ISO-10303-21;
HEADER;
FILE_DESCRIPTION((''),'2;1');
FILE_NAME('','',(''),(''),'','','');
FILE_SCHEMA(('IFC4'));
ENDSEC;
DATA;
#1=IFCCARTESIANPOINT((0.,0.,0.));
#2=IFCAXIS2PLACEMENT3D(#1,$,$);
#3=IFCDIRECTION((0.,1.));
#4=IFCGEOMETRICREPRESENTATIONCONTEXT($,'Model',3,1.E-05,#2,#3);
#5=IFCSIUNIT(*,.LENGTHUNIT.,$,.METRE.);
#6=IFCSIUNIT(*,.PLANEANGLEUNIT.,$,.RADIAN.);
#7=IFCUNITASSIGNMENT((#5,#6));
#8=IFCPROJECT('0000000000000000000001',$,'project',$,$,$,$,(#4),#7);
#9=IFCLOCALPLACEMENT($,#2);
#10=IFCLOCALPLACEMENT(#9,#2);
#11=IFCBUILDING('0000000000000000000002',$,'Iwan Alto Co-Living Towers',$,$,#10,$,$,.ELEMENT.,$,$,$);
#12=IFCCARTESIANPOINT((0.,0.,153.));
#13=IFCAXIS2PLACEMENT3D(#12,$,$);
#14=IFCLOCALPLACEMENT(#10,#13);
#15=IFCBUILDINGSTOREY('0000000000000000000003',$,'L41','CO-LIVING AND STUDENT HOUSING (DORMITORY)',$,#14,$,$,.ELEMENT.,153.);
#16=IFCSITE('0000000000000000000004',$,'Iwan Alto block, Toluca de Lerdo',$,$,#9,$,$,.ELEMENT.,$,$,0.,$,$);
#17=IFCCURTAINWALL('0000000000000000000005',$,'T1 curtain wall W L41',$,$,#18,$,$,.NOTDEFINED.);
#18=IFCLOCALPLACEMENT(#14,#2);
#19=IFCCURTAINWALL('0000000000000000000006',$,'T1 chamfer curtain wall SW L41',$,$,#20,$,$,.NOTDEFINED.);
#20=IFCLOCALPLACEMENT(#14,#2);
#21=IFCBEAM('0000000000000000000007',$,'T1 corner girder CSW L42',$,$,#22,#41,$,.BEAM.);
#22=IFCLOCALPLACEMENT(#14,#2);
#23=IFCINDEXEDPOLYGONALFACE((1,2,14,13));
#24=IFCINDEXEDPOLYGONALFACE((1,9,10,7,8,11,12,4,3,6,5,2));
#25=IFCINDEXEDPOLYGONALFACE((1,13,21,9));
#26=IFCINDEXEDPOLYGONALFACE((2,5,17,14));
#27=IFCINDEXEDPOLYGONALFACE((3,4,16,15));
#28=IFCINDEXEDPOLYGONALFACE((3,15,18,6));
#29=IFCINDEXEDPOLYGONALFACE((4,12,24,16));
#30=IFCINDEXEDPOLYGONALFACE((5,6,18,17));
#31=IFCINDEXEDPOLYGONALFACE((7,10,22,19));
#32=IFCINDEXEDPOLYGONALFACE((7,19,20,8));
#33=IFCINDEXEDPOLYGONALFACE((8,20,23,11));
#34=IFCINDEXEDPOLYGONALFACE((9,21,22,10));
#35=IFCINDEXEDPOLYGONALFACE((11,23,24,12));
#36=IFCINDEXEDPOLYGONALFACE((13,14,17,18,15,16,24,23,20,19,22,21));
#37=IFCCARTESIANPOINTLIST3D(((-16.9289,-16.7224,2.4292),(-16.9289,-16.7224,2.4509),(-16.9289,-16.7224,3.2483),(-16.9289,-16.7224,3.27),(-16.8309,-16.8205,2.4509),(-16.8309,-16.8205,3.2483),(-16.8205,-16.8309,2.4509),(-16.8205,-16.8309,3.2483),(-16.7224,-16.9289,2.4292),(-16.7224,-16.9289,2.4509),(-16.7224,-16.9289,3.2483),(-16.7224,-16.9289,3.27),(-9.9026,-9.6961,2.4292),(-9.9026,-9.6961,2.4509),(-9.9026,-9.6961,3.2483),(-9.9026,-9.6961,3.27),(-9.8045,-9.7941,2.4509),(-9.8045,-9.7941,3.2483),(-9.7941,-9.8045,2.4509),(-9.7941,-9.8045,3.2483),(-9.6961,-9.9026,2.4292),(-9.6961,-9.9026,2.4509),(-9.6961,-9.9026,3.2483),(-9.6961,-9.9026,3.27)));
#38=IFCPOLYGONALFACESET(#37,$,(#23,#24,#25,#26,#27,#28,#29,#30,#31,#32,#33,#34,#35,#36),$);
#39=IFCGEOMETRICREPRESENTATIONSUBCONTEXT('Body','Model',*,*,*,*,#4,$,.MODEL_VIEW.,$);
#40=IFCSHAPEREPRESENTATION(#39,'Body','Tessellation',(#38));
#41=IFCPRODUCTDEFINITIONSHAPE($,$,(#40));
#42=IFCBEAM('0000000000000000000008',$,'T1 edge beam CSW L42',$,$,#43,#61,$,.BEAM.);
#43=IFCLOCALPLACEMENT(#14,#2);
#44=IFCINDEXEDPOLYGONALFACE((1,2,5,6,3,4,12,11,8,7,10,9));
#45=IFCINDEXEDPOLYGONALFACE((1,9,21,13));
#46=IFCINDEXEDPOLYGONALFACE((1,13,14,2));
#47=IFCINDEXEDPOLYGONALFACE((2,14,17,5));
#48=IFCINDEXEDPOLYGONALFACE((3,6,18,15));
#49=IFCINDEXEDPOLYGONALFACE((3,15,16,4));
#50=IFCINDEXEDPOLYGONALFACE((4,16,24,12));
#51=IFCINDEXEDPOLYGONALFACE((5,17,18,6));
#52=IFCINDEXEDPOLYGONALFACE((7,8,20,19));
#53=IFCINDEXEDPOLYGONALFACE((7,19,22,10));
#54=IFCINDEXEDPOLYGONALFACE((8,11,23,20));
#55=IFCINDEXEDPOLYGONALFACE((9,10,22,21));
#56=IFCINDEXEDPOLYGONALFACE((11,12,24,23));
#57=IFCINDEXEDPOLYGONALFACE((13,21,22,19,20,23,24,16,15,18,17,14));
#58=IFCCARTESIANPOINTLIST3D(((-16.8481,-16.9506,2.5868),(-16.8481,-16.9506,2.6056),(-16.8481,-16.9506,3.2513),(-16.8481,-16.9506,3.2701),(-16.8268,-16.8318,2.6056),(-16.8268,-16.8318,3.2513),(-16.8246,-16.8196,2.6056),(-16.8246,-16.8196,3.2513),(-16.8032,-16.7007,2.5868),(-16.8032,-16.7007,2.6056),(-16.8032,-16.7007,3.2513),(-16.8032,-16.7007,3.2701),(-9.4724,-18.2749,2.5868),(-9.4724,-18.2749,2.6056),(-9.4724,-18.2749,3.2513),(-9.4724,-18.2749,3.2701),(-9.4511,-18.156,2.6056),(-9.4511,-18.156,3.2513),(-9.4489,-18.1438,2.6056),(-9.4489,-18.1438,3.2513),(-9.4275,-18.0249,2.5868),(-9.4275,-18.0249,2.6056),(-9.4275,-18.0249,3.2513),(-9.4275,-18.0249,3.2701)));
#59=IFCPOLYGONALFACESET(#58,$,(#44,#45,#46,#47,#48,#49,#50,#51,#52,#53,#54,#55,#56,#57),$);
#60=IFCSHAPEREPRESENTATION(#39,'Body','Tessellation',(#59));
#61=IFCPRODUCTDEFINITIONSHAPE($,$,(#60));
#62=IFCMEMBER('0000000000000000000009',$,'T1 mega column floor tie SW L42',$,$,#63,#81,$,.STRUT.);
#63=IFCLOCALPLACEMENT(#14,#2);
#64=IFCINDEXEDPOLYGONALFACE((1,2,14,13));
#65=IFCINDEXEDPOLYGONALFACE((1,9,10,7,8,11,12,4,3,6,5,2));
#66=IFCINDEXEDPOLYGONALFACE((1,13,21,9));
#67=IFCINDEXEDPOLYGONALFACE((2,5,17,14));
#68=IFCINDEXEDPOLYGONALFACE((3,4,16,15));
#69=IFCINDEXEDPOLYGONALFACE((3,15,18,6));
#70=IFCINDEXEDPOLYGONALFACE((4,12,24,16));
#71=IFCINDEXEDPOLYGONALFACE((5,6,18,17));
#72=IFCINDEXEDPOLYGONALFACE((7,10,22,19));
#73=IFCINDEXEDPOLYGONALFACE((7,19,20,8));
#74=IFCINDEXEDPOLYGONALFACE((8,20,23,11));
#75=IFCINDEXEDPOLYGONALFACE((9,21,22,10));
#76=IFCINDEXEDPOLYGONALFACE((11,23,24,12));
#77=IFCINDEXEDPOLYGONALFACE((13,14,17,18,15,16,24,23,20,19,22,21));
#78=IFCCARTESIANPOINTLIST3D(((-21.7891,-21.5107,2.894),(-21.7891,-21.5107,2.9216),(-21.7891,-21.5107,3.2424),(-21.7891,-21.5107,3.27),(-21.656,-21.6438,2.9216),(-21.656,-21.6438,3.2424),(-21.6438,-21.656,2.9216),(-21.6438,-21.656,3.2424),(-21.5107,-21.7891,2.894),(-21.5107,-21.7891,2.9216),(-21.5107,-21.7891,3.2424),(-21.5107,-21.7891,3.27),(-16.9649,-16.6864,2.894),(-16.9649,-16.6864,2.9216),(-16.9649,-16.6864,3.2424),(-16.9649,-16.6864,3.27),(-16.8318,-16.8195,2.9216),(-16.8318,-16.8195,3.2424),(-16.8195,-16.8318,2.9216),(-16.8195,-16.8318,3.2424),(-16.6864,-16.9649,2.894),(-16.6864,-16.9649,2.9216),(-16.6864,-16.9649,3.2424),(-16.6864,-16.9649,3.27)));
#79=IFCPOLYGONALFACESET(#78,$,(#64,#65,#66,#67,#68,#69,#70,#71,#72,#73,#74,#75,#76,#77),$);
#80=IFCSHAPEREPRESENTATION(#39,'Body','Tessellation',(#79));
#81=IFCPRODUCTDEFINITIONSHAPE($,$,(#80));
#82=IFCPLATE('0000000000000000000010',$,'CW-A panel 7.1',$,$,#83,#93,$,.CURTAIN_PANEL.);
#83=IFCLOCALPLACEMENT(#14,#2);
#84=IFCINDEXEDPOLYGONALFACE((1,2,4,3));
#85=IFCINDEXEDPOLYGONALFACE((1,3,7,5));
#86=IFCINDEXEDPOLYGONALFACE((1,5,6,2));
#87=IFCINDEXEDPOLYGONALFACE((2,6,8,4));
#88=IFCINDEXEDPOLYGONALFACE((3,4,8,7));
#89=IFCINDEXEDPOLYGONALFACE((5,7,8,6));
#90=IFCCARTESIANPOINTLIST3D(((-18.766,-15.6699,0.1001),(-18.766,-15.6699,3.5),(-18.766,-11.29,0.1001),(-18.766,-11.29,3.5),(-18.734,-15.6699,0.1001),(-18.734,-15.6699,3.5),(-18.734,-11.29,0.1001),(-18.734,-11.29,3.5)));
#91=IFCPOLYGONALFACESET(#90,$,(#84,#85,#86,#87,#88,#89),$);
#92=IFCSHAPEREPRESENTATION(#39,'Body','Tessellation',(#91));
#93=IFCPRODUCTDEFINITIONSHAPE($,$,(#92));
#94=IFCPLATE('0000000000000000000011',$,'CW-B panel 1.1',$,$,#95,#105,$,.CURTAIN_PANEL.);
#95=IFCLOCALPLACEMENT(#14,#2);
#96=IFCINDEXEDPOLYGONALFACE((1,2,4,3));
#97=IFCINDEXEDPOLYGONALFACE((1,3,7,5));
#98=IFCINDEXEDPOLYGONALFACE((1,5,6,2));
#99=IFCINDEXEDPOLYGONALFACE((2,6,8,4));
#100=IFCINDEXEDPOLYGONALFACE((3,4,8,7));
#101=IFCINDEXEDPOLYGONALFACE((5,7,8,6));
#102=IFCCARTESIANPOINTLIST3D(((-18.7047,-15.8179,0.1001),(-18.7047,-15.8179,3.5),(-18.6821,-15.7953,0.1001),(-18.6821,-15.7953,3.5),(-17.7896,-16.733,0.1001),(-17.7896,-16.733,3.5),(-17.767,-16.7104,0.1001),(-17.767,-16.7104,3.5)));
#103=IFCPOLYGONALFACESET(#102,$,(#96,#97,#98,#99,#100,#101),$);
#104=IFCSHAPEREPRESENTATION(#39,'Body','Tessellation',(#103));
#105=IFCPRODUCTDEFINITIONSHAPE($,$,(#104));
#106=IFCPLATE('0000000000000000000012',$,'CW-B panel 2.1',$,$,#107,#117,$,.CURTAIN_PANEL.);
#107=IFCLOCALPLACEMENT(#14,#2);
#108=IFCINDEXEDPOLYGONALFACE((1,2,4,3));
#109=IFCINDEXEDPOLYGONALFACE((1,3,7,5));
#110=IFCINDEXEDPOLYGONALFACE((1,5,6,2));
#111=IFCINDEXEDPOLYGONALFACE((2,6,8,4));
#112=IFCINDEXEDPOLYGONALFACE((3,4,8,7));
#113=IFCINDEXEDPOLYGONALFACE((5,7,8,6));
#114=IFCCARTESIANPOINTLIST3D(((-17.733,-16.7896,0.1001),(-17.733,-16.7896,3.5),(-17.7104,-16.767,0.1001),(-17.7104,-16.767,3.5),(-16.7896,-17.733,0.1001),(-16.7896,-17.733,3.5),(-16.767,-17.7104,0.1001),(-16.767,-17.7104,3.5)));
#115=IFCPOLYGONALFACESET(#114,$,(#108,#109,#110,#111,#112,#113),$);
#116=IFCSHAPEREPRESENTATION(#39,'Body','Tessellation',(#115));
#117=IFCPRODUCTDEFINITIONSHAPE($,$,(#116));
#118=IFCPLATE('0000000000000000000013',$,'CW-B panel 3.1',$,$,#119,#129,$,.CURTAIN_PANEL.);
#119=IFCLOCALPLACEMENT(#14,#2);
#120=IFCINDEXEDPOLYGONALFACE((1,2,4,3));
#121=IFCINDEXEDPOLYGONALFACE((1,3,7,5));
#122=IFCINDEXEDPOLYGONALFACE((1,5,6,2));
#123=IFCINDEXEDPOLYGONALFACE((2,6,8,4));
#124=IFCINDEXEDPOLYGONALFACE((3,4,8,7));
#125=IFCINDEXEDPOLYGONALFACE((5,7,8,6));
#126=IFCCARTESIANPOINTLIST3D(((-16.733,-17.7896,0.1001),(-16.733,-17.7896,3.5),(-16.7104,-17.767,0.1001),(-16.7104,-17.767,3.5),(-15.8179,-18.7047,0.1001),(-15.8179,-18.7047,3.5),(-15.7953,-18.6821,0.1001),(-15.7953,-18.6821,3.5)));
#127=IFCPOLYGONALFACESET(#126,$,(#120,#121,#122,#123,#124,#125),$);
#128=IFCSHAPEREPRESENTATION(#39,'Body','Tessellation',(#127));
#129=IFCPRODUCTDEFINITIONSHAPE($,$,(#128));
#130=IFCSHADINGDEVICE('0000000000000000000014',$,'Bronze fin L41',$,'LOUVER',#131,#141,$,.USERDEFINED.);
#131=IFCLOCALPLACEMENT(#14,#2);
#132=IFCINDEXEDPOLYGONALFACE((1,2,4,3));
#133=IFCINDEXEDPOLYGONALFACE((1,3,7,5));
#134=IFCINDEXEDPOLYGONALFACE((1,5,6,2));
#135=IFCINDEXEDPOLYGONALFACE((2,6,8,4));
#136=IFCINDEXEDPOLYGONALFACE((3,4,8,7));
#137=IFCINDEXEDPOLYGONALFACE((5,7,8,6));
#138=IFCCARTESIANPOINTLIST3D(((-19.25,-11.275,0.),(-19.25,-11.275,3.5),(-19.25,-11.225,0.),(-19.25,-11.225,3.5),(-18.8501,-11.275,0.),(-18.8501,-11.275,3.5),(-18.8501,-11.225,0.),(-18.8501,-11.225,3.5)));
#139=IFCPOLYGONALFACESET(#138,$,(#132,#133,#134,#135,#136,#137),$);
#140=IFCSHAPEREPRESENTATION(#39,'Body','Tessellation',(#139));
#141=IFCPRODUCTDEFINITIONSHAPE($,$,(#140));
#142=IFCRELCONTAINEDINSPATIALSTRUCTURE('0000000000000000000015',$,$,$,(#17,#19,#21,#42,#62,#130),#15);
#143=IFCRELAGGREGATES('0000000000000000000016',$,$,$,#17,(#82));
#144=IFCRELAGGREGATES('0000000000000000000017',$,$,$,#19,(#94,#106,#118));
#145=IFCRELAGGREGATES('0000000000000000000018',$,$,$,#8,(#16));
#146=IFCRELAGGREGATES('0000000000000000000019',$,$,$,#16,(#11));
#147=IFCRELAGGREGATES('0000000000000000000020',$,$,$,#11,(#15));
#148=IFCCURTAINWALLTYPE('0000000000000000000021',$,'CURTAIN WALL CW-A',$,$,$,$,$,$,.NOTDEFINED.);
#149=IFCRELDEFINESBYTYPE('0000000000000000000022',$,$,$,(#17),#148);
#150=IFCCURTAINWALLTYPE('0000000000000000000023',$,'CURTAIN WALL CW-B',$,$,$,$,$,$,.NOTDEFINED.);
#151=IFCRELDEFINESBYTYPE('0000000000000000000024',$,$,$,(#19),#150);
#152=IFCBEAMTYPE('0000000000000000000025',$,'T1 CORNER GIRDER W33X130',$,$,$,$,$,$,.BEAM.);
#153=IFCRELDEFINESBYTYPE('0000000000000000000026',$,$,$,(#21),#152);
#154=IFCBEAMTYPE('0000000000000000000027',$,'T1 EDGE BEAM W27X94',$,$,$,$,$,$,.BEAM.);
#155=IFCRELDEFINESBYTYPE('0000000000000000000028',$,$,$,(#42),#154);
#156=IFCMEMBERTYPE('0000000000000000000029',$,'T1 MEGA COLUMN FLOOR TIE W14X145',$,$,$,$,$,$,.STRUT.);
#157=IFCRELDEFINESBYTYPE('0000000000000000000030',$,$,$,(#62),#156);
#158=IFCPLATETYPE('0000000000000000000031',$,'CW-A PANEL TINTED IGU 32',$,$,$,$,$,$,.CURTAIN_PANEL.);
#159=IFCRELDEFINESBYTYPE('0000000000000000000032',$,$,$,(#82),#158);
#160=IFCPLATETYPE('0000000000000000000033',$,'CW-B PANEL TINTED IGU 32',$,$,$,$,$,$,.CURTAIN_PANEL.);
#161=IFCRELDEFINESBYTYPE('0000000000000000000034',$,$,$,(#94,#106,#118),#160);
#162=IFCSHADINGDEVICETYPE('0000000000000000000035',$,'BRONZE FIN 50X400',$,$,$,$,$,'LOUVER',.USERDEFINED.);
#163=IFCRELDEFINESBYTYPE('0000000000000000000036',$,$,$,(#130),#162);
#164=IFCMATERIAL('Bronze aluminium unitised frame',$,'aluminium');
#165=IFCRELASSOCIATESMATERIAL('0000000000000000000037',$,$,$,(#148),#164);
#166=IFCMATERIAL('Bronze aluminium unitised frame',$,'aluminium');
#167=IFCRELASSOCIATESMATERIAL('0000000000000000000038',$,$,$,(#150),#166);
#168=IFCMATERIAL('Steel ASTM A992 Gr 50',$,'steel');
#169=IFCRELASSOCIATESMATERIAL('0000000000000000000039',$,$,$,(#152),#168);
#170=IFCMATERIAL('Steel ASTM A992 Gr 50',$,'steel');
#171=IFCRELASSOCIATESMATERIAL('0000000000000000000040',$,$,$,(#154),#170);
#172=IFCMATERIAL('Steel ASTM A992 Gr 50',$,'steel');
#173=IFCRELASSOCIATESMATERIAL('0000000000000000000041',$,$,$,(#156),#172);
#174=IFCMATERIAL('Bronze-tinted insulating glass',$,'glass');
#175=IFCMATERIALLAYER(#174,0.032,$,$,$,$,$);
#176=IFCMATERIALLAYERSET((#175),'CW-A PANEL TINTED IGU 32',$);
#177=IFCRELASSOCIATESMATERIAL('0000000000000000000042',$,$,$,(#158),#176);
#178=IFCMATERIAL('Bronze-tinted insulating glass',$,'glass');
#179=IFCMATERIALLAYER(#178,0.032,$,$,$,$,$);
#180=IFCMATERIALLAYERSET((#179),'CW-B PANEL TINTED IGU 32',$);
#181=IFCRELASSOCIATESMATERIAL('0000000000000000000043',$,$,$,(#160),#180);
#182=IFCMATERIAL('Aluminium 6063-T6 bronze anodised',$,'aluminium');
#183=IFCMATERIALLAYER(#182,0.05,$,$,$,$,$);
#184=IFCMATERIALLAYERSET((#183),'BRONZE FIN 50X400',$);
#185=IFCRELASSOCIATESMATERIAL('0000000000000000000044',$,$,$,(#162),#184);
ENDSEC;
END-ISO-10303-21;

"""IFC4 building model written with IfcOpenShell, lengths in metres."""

from ifc_helpers import new_model, si_unit, direction, frame, origin, origin_2d, place, context, subcontext, project, spatial, rectangle, i_section, extrude, material, layer, layer_set, material_profile, profile_set, type_object, element, aggregate, save


model = new_model("IFC4")

# Units and contexts
model_context = context("Model", 3, precision=1e-05, world=origin(), true_north=direction((0.0, 1.0)))
body_context = subcontext(model_context, "Body", "Model", "MODEL_VIEW")
ifc_project = project(units=[si_unit("LENGTHUNIT", "METRE"), si_unit("PLANEANGLEUNIT", "RADIAN")], contexts=[model_context])

# Site, building, storey
site_placement = place(None, origin())
site = spatial("IfcSite", under=ifc_project, at=site_placement, Name="Iwan Alto block, Toluca de Lerdo", CompositionType="ELEMENT", RefElevation=0.0)
building_placement = place(site_placement, origin())
building = spatial("IfcBuilding", under=site, at=building_placement, Name="Iwan Alto Co-Living Towers", CompositionType="ELEMENT")
storey_placement = place(building_placement, frame((0.0, 0.0, 153.0)))
storey = spatial("IfcBuildingStorey", under=building, at=storey_placement, Name="L41", Description="CO-LIVING AND STUDENT HOUSING (DORMITORY)", CompositionType="ELEMENT", Elevation=153.0)

# Shared definitions
ifc_material_1 = material(Name="Bronze aluminium unitised frame", Category="aluminium")
curtain_wall_type_1 = type_object("IfcCurtainWallType", Name="CURTAIN WALL CW-A", PredefinedType="NOTDEFINED", material=ifc_material_1)

# Curtain walls
curtain_wall_1_placement = place(storey_placement, origin())
curtain_wall_1 = element("IfcCurtainWall", 1, at=curtain_wall_1_placement, inside=storey, type_object=curtain_wall_type_1, Name="T1 curtain wall W L41", PredefinedType="NOTDEFINED")
ifc_material_2 = material(Name="Bronze aluminium unitised frame", Category="aluminium")
curtain_wall_type_2 = type_object("IfcCurtainWallType", Name="CURTAIN WALL CW-B", PredefinedType="NOTDEFINED", material=ifc_material_2)
curtain_wall_2_placement = place(storey_placement, origin())
curtain_wall_2 = element("IfcCurtainWall", 2, at=curtain_wall_2_placement, inside=storey, type_object=curtain_wall_type_2, Name="T1 chamfer curtain wall SW L41", PredefinedType="NOTDEFINED")

# Beams
ifc_material_3 = material(Name="Steel ASTM A992 Gr 50", Category="steel")
ifc_material_profile_1 = material_profile(ifc_material_3, i_section(OverallWidth=0.292, OverallDepth=0.8408, WebThickness=0.0146, FlangeThickness=0.0217, at=origin_2d()), Name="W33X130")
ifc_profile_set_1 = profile_set([ifc_material_profile_1], Name="Steel ASTM A992 Gr 50")
beam_type_1 = type_object("IfcBeamType", Name="T1 CORNER GIRDER W33X130", PredefinedType="BEAM", material=ifc_profile_set_1)
beam_1_placement = place(storey_placement, frame((-16.8257, -16.8257, 2.8496), z_axis=(0.707107, 0.707107, 0.0), x_axis=(-0.707107, 0.707107, 0.0)))
element("IfcBeam", 3, at=beam_1_placement, inside=storey, type_object=beam_type_1, Name="T1 corner girder CSW L42", PredefinedType="BEAM", context=body_context, shape_type="SweptSolid", body=[
    extrude(i_section(OverallWidth=0.292, OverallDepth=0.8408, WebThickness=0.0146, FlangeThickness=0.0217, at=origin_2d()), origin(), (0.0, 0.0, 1.0), 9.9368),
])
ifc_material_4 = material(Name="Steel ASTM A992 Gr 50", Category="steel")
ifc_material_profile_2 = material_profile(ifc_material_4, i_section(OverallWidth=0.2539, OverallDepth=0.6833, WebThickness=0.0125, FlangeThickness=0.0188, at=origin_2d()), Name="W27X94")
ifc_profile_set_2 = profile_set([ifc_material_profile_2], Name="Steel ASTM A992 Gr 50")
beam_type_2 = type_object("IfcBeamType", Name="T1 EDGE BEAM W27X94", PredefinedType="BEAM", material=ifc_profile_set_2)
beam_2_placement = place(storey_placement, frame((-16.8257, -16.8257, 2.9285), z_axis=(0.984263, -0.176712, 0.0), x_axis=(0.176712, 0.984263, 0.0)))
element("IfcBeam", 4, at=beam_2_placement, inside=storey, type_object=beam_type_2, Name="T1 edge beam CSW L42", PredefinedType="BEAM", context=body_context, shape_type="SweptSolid", body=[
    extrude(i_section(OverallWidth=0.2539, OverallDepth=0.6833, WebThickness=0.0125, FlangeThickness=0.0188, at=origin_2d()), origin(), (0.0, 0.0, 1.0), 7.4937),
])

# Member
ifc_material_5 = material(Name="Steel ASTM A992 Gr 50", Category="steel")
ifc_material_profile_3 = material_profile(ifc_material_5, i_section(OverallWidth=0.3938, OverallDepth=0.376, WebThickness=0.0173, FlangeThickness=0.0276, at=origin_2d()), Name="W14X145")
ifc_profile_set_3 = profile_set([ifc_material_profile_3], Name="Steel ASTM A992 Gr 50")
member_type_1 = type_object("IfcMemberType", Name="T1 MEGA COLUMN FLOOR TIE W14X145", PredefinedType="STRUT", material=ifc_profile_set_3)
member_1_placement = place(storey_placement, frame((-21.6499, -21.6499, 3.082), z_axis=(0.707107, 0.707107, 0.0), x_axis=(-0.707107, 0.707107, 0.0)))
element("IfcMember", 5, at=member_1_placement, inside=storey, type_object=member_type_1, Name="T1 mega column floor tie SW L42", PredefinedType="STRUT", context=body_context, shape_type="SweptSolid", body=[
    extrude(i_section(OverallWidth=0.3938, OverallDepth=0.376, WebThickness=0.0173, FlangeThickness=0.0276, at=origin_2d()), origin(), (0.0, 0.0, 1.0), 6.8225),
])

# Plates
ifc_material_6 = material(Name="Bronze-tinted insulating glass", Category="glass")
ifc_layer_1 = layer(ifc_material_6, 0.032)
ifc_layer_set_1 = layer_set([ifc_layer_1], Name="CW-A PANEL TINTED IGU 32")
plate_type_1 = type_object("IfcPlateType", Name="CW-A PANEL TINTED IGU 32", PredefinedType="CURTAIN_PANEL", material=ifc_layer_set_1)
plate_1_placement = place(storey_placement, frame((-18.75, -13.48, 0.1001), z_axis=(0.0, 0.0, 1.0), x_axis=(0.0, -1.0, 0.0)))
plate_1 = element("IfcPlate", 6, at=plate_1_placement, type_object=plate_type_1, Name="CW-A panel 7.1", PredefinedType="CURTAIN_PANEL", context=body_context, shape_type="SweptSolid", body=[
    extrude(rectangle(XDim=4.3799, YDim=0.032, at=origin_2d()), origin(), (0.0, 0.0, 1.0), 3.3999),
])
aggregate(curtain_wall_1, [plate_1])
ifc_material_7 = material(Name="Bronze-tinted insulating glass", Category="glass")
ifc_layer_2 = layer(ifc_material_7, 0.032)
ifc_layer_set_2 = layer_set([ifc_layer_2], Name="CW-B PANEL TINTED IGU 32")
plate_type_2 = type_object("IfcPlateType", Name="CW-B PANEL TINTED IGU 32", PredefinedType="CURTAIN_PANEL", material=ifc_layer_set_2)
plate_2_placement = place(storey_placement, frame((-18.2358, -16.2642, 0.1001), z_axis=(0.0, 0.0, 1.0), x_axis=(0.707107, -0.707107, 0.0)))
plate_2 = element("IfcPlate", 7, at=plate_2_placement, type_object=plate_type_2, Name="CW-B panel 1.1", PredefinedType="CURTAIN_PANEL", context=body_context, shape_type="SweptSolid", body=[
    extrude(rectangle(XDim=1.2942, YDim=0.032, at=origin_2d()), origin(), (0.0, 0.0, 1.0), 3.3999),
])
plate_3_placement = place(storey_placement, frame((-17.25, -17.25, 0.1001), z_axis=(0.0, 0.0, 1.0), x_axis=(0.707107, -0.707107, 0.0)))
plate_3 = element("IfcPlate", 8, at=plate_3_placement, type_object=plate_type_2, Name="CW-B panel 2.1", PredefinedType="CURTAIN_PANEL", context=body_context, shape_type="SweptSolid", body=[
    extrude(rectangle(XDim=1.3342, YDim=0.032, at=origin_2d()), origin(), (0.0, 0.0, 1.0), 3.3999),
])
plate_4_placement = place(storey_placement, frame((-16.2642, -18.2358, 0.1001), z_axis=(0.0, 0.0, 1.0), x_axis=(0.707107, -0.707107, 0.0)))
plate_4 = element("IfcPlate", 9, at=plate_4_placement, type_object=plate_type_2, Name="CW-B panel 3.1", PredefinedType="CURTAIN_PANEL", context=body_context, shape_type="SweptSolid", body=[
    extrude(rectangle(XDim=1.2942, YDim=0.032, at=origin_2d()), origin(), (0.0, 0.0, 1.0), 3.3999),
])
aggregate(curtain_wall_2, [plate_2, plate_3, plate_4])

# Shading device
ifc_material_8 = material(Name="Aluminium 6063-T6 bronze anodised", Category="aluminium")
ifc_layer_3 = layer(ifc_material_8, 0.05)
ifc_layer_set_3 = layer_set([ifc_layer_3], Name="BRONZE FIN 50X400")
shading_device_type = type_object("IfcShadingDeviceType", Name="BRONZE FIN 50X400", ElementType="LOUVER", PredefinedType="USERDEFINED", material=ifc_layer_set_3)
shading_device_placement = place(storey_placement, frame((-19.05, -11.25, 0.0), z_axis=(0.0, 0.0, 1.0), x_axis=(0.0, -1.0, 0.0)))
element("IfcShadingDevice", 10, at=shading_device_placement, inside=storey, type_object=shading_device_type, Name="Bronze fin L41", ObjectType="LOUVER", PredefinedType="USERDEFINED", context=body_context, shape_type="SweptSolid", body=[
    extrude(rectangle(XDim=0.05, YDim=0.3999, at=origin_2d()), origin(), (0.0, 0.0, 1.0), 3.5),
])

save(model, "model.ifc")
